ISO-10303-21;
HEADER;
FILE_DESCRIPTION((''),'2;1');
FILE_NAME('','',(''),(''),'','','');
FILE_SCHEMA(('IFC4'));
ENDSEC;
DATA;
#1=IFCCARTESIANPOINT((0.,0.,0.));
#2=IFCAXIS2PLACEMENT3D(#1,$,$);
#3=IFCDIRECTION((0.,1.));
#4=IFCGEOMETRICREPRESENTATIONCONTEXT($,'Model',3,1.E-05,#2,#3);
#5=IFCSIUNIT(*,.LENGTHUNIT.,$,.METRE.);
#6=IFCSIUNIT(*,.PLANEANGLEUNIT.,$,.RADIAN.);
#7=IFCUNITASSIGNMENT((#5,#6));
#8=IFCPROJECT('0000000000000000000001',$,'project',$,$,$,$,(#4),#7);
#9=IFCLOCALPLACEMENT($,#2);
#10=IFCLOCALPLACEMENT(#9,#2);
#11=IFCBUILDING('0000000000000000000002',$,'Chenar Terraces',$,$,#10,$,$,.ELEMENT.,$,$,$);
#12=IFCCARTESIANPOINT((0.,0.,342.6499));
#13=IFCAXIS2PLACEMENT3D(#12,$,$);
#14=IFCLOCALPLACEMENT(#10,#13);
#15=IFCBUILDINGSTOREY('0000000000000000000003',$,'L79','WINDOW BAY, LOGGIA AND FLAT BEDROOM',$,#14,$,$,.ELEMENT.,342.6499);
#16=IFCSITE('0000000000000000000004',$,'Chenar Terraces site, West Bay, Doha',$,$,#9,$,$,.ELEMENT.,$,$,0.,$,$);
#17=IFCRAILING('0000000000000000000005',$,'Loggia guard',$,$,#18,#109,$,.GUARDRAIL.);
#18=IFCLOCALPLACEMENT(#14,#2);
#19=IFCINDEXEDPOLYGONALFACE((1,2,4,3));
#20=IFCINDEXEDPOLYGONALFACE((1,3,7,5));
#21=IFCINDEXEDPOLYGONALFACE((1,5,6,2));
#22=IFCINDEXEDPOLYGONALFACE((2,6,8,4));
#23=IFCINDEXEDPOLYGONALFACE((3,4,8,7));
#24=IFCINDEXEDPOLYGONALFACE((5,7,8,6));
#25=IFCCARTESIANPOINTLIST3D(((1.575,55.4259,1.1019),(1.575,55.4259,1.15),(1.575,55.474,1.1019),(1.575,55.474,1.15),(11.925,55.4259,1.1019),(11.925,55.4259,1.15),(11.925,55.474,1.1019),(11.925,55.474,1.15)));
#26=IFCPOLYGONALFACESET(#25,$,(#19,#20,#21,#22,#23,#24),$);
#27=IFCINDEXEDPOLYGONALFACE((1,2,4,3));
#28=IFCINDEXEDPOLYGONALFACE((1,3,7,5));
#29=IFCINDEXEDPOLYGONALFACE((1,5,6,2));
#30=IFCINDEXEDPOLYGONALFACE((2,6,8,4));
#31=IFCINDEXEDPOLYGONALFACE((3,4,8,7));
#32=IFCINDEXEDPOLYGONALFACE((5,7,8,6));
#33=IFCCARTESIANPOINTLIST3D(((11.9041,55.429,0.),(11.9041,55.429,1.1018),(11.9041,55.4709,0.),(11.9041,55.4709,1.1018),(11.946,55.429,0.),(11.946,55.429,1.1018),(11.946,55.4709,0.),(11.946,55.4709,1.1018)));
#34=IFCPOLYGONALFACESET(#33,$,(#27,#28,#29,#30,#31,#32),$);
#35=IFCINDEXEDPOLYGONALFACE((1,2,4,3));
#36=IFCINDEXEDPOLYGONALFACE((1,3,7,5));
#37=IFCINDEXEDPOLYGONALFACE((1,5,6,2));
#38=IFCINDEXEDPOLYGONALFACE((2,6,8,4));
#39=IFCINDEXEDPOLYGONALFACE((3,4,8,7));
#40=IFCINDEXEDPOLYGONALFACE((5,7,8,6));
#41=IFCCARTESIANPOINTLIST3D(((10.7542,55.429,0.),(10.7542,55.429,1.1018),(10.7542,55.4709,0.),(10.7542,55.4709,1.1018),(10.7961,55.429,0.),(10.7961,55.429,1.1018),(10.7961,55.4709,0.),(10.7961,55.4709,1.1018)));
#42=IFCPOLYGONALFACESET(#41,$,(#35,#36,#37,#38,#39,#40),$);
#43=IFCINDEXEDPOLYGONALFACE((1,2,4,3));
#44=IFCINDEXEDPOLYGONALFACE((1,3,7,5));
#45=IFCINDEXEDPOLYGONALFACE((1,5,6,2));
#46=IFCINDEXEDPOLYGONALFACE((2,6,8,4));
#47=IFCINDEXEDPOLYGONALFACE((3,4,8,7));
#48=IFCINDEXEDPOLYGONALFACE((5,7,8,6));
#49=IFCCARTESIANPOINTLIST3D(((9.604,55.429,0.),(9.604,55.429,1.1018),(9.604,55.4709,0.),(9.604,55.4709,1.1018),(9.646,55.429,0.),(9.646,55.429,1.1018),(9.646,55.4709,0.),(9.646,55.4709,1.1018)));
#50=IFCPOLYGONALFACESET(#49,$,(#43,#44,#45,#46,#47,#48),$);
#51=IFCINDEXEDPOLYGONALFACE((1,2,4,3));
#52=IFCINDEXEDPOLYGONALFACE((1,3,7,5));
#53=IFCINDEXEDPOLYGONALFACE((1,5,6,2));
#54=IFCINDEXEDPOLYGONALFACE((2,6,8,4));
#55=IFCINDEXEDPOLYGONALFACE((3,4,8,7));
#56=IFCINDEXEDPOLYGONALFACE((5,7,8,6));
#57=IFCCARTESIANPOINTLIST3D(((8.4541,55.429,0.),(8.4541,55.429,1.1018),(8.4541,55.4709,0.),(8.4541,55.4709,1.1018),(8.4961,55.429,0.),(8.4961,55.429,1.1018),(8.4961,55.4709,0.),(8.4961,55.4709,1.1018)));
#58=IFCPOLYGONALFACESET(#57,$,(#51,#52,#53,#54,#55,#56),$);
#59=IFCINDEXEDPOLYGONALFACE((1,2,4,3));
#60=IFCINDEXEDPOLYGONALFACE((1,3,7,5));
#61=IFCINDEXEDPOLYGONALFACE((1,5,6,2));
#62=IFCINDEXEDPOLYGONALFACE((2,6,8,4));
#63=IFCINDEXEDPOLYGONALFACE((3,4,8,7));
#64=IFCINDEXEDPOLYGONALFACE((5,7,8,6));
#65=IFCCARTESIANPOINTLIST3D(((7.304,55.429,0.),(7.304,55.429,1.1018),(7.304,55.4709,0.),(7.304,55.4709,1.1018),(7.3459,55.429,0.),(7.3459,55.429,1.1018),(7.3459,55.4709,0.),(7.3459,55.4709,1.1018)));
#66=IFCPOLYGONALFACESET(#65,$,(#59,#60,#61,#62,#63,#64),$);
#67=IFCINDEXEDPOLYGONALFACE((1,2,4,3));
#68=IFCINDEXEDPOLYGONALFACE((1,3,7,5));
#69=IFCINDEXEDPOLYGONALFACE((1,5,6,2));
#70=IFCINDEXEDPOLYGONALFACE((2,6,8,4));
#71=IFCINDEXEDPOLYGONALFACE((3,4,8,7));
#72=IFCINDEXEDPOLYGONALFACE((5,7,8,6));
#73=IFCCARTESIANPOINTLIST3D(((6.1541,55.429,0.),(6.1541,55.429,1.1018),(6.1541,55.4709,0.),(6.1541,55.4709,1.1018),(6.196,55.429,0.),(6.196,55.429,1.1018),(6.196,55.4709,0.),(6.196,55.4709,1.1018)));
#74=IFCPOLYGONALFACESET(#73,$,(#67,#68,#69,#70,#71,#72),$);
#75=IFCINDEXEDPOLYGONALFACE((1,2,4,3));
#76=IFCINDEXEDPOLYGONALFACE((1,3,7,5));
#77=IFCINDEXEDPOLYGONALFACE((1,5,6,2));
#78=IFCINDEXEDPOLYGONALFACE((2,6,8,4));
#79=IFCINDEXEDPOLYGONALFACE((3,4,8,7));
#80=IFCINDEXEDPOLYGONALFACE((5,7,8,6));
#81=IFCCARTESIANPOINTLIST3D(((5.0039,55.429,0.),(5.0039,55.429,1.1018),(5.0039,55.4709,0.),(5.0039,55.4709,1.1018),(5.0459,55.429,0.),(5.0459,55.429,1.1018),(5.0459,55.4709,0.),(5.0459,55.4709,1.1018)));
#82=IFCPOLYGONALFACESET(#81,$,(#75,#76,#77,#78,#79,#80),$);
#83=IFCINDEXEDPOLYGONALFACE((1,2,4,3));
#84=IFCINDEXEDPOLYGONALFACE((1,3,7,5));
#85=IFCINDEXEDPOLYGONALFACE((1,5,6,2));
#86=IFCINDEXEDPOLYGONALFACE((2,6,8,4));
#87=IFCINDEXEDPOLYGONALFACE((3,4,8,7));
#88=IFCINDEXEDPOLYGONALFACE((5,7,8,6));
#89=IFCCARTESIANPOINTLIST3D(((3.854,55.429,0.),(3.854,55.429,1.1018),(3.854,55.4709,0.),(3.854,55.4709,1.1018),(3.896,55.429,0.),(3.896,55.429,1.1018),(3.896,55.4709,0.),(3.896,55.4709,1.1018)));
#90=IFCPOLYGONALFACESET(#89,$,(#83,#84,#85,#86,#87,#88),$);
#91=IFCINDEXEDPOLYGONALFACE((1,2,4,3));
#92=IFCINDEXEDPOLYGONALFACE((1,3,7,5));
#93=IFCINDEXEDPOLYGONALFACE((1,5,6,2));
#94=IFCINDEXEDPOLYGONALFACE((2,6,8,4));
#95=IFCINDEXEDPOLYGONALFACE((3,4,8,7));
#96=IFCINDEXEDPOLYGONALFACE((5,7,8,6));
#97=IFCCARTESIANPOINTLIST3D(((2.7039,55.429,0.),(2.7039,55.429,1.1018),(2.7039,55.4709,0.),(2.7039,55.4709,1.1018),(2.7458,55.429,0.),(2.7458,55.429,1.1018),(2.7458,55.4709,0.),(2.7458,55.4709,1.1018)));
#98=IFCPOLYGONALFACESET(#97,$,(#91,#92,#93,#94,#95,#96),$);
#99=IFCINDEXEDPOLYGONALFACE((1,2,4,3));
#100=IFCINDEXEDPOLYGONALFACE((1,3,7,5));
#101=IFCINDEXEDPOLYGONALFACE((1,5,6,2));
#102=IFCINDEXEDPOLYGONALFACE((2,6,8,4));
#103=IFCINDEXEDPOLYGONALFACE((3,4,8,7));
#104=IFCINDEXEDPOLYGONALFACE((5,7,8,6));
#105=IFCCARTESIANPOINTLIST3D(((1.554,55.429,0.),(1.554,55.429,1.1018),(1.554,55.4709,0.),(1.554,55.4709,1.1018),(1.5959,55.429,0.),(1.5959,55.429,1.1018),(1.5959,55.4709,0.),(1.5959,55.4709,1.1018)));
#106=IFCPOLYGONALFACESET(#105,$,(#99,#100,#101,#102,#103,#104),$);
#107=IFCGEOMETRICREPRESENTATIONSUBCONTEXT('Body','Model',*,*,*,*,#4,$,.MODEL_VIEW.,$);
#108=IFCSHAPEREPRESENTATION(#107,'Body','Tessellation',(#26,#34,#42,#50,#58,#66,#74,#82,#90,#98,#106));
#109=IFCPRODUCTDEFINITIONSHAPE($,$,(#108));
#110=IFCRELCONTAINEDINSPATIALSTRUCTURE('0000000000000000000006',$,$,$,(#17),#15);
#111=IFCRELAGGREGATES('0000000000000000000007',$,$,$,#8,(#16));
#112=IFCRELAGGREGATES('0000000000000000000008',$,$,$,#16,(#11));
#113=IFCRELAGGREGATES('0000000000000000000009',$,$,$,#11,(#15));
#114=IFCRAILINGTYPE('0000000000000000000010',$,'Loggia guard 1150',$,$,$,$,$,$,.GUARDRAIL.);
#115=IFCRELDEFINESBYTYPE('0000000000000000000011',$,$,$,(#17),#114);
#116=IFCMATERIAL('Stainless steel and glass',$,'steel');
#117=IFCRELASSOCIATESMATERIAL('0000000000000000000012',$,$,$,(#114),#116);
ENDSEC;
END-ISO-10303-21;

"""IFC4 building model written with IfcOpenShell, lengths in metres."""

from ifc_helpers import new_model, si_unit, direction, frame, origin, origin_2d, place, context, subcontext, project, spatial, rectangle, extrude, material, type_object, element, save


model = new_model("IFC4")

# Units and contexts
model_context = context("Model", 3, precision=1e-05, world=origin(), true_north=direction((0.0, 1.0)))
body_context = subcontext(model_context, "Body", "Model", "MODEL_VIEW")
ifc_project = project(units=[si_unit("LENGTHUNIT", "METRE"), si_unit("PLANEANGLEUNIT", "RADIAN")], contexts=[model_context])

# Site, building, storey
site_placement = place(None, origin())
site = spatial("IfcSite", under=ifc_project, at=site_placement, Name="Chenar Terraces site, West Bay, Doha", CompositionType="ELEMENT", RefElevation=0.0)
building_placement = place(site_placement, origin())
building = spatial("IfcBuilding", under=site, at=building_placement, Name="Chenar Terraces", CompositionType="ELEMENT")
storey_placement = place(building_placement, frame((0.0, 0.0, 342.6499)))
storey = spatial("IfcBuildingStorey", under=building, at=storey_placement, Name="L79", Description="WINDOW BAY, LOGGIA AND FLAT BEDROOM", CompositionType="ELEMENT", Elevation=342.6499)

# Railing
ifc_material_1 = material(Name="Stainless steel and glass", Category="steel")
railing_type_1 = type_object("IfcRailingType", Name="Loggia guard 1150", PredefinedType="GUARDRAIL", material=ifc_material_1)
railing_1_placement = place(storey_placement, frame((11.925, 55.45, 0.0)))
element("IfcRailing", 1, at=railing_1_placement, inside=storey, type_object=railing_type_1, Name="Loggia guard", PredefinedType="GUARDRAIL", context=body_context, shape_type="SweptSolid", body=[
    extrude(rectangle(XDim=0.0481, YDim=0.0481, at=origin_2d()), frame((0.0, 0.0, 1.126), z_axis=(-1.0, 0.0, 0.0), x_axis=(0.0, -1.0, 0.0)), (0.0, 0.0, 1.0), 10.3501),
    extrude(rectangle(XDim=0.042, YDim=0.042, at=origin_2d()), origin(), (0.0, 0.0, 1.0), 1.1018),
    extrude(rectangle(XDim=0.042, YDim=0.042, at=origin_2d()), frame((-1.1499, 0.0, 0.0)), (0.0, 0.0, 1.0), 1.1018),
    extrude(rectangle(XDim=0.042, YDim=0.042, at=origin_2d()), frame((-2.3, 0.0, 0.0)), (0.0, 0.0, 1.0), 1.1018),
    extrude(rectangle(XDim=0.042, YDim=0.042, at=origin_2d()), frame((-3.45, 0.0, 0.0)), (0.0, 0.0, 1.0), 1.1018),
    extrude(rectangle(XDim=0.042, YDim=0.042, at=origin_2d()), frame((-4.6001, 0.0, 0.0)), (0.0, 0.0, 1.0), 1.1018),
    extrude(rectangle(XDim=0.042, YDim=0.042, at=origin_2d()), frame((-5.75, 0.0, 0.0)), (0.0, 0.0, 1.0), 1.1018),
    extrude(rectangle(XDim=0.042, YDim=0.042, at=origin_2d()), frame((-6.9001, 0.0, 0.0)), (0.0, 0.0, 1.0), 1.1018),
    extrude(rectangle(XDim=0.042, YDim=0.042, at=origin_2d()), frame((-8.05, 0.0, 0.0)), (0.0, 0.0, 1.0), 1.1018),
    extrude(rectangle(XDim=0.042, YDim=0.042, at=origin_2d()), frame((-9.2002, 0.0, 0.0)), (0.0, 0.0, 1.0), 1.1018),
    extrude(rectangle(XDim=0.042, YDim=0.042, at=origin_2d()), frame((-10.3501, 0.0, 0.0)), (0.0, 0.0, 1.0), 1.1018),
])

save(model, "model.ifc")
